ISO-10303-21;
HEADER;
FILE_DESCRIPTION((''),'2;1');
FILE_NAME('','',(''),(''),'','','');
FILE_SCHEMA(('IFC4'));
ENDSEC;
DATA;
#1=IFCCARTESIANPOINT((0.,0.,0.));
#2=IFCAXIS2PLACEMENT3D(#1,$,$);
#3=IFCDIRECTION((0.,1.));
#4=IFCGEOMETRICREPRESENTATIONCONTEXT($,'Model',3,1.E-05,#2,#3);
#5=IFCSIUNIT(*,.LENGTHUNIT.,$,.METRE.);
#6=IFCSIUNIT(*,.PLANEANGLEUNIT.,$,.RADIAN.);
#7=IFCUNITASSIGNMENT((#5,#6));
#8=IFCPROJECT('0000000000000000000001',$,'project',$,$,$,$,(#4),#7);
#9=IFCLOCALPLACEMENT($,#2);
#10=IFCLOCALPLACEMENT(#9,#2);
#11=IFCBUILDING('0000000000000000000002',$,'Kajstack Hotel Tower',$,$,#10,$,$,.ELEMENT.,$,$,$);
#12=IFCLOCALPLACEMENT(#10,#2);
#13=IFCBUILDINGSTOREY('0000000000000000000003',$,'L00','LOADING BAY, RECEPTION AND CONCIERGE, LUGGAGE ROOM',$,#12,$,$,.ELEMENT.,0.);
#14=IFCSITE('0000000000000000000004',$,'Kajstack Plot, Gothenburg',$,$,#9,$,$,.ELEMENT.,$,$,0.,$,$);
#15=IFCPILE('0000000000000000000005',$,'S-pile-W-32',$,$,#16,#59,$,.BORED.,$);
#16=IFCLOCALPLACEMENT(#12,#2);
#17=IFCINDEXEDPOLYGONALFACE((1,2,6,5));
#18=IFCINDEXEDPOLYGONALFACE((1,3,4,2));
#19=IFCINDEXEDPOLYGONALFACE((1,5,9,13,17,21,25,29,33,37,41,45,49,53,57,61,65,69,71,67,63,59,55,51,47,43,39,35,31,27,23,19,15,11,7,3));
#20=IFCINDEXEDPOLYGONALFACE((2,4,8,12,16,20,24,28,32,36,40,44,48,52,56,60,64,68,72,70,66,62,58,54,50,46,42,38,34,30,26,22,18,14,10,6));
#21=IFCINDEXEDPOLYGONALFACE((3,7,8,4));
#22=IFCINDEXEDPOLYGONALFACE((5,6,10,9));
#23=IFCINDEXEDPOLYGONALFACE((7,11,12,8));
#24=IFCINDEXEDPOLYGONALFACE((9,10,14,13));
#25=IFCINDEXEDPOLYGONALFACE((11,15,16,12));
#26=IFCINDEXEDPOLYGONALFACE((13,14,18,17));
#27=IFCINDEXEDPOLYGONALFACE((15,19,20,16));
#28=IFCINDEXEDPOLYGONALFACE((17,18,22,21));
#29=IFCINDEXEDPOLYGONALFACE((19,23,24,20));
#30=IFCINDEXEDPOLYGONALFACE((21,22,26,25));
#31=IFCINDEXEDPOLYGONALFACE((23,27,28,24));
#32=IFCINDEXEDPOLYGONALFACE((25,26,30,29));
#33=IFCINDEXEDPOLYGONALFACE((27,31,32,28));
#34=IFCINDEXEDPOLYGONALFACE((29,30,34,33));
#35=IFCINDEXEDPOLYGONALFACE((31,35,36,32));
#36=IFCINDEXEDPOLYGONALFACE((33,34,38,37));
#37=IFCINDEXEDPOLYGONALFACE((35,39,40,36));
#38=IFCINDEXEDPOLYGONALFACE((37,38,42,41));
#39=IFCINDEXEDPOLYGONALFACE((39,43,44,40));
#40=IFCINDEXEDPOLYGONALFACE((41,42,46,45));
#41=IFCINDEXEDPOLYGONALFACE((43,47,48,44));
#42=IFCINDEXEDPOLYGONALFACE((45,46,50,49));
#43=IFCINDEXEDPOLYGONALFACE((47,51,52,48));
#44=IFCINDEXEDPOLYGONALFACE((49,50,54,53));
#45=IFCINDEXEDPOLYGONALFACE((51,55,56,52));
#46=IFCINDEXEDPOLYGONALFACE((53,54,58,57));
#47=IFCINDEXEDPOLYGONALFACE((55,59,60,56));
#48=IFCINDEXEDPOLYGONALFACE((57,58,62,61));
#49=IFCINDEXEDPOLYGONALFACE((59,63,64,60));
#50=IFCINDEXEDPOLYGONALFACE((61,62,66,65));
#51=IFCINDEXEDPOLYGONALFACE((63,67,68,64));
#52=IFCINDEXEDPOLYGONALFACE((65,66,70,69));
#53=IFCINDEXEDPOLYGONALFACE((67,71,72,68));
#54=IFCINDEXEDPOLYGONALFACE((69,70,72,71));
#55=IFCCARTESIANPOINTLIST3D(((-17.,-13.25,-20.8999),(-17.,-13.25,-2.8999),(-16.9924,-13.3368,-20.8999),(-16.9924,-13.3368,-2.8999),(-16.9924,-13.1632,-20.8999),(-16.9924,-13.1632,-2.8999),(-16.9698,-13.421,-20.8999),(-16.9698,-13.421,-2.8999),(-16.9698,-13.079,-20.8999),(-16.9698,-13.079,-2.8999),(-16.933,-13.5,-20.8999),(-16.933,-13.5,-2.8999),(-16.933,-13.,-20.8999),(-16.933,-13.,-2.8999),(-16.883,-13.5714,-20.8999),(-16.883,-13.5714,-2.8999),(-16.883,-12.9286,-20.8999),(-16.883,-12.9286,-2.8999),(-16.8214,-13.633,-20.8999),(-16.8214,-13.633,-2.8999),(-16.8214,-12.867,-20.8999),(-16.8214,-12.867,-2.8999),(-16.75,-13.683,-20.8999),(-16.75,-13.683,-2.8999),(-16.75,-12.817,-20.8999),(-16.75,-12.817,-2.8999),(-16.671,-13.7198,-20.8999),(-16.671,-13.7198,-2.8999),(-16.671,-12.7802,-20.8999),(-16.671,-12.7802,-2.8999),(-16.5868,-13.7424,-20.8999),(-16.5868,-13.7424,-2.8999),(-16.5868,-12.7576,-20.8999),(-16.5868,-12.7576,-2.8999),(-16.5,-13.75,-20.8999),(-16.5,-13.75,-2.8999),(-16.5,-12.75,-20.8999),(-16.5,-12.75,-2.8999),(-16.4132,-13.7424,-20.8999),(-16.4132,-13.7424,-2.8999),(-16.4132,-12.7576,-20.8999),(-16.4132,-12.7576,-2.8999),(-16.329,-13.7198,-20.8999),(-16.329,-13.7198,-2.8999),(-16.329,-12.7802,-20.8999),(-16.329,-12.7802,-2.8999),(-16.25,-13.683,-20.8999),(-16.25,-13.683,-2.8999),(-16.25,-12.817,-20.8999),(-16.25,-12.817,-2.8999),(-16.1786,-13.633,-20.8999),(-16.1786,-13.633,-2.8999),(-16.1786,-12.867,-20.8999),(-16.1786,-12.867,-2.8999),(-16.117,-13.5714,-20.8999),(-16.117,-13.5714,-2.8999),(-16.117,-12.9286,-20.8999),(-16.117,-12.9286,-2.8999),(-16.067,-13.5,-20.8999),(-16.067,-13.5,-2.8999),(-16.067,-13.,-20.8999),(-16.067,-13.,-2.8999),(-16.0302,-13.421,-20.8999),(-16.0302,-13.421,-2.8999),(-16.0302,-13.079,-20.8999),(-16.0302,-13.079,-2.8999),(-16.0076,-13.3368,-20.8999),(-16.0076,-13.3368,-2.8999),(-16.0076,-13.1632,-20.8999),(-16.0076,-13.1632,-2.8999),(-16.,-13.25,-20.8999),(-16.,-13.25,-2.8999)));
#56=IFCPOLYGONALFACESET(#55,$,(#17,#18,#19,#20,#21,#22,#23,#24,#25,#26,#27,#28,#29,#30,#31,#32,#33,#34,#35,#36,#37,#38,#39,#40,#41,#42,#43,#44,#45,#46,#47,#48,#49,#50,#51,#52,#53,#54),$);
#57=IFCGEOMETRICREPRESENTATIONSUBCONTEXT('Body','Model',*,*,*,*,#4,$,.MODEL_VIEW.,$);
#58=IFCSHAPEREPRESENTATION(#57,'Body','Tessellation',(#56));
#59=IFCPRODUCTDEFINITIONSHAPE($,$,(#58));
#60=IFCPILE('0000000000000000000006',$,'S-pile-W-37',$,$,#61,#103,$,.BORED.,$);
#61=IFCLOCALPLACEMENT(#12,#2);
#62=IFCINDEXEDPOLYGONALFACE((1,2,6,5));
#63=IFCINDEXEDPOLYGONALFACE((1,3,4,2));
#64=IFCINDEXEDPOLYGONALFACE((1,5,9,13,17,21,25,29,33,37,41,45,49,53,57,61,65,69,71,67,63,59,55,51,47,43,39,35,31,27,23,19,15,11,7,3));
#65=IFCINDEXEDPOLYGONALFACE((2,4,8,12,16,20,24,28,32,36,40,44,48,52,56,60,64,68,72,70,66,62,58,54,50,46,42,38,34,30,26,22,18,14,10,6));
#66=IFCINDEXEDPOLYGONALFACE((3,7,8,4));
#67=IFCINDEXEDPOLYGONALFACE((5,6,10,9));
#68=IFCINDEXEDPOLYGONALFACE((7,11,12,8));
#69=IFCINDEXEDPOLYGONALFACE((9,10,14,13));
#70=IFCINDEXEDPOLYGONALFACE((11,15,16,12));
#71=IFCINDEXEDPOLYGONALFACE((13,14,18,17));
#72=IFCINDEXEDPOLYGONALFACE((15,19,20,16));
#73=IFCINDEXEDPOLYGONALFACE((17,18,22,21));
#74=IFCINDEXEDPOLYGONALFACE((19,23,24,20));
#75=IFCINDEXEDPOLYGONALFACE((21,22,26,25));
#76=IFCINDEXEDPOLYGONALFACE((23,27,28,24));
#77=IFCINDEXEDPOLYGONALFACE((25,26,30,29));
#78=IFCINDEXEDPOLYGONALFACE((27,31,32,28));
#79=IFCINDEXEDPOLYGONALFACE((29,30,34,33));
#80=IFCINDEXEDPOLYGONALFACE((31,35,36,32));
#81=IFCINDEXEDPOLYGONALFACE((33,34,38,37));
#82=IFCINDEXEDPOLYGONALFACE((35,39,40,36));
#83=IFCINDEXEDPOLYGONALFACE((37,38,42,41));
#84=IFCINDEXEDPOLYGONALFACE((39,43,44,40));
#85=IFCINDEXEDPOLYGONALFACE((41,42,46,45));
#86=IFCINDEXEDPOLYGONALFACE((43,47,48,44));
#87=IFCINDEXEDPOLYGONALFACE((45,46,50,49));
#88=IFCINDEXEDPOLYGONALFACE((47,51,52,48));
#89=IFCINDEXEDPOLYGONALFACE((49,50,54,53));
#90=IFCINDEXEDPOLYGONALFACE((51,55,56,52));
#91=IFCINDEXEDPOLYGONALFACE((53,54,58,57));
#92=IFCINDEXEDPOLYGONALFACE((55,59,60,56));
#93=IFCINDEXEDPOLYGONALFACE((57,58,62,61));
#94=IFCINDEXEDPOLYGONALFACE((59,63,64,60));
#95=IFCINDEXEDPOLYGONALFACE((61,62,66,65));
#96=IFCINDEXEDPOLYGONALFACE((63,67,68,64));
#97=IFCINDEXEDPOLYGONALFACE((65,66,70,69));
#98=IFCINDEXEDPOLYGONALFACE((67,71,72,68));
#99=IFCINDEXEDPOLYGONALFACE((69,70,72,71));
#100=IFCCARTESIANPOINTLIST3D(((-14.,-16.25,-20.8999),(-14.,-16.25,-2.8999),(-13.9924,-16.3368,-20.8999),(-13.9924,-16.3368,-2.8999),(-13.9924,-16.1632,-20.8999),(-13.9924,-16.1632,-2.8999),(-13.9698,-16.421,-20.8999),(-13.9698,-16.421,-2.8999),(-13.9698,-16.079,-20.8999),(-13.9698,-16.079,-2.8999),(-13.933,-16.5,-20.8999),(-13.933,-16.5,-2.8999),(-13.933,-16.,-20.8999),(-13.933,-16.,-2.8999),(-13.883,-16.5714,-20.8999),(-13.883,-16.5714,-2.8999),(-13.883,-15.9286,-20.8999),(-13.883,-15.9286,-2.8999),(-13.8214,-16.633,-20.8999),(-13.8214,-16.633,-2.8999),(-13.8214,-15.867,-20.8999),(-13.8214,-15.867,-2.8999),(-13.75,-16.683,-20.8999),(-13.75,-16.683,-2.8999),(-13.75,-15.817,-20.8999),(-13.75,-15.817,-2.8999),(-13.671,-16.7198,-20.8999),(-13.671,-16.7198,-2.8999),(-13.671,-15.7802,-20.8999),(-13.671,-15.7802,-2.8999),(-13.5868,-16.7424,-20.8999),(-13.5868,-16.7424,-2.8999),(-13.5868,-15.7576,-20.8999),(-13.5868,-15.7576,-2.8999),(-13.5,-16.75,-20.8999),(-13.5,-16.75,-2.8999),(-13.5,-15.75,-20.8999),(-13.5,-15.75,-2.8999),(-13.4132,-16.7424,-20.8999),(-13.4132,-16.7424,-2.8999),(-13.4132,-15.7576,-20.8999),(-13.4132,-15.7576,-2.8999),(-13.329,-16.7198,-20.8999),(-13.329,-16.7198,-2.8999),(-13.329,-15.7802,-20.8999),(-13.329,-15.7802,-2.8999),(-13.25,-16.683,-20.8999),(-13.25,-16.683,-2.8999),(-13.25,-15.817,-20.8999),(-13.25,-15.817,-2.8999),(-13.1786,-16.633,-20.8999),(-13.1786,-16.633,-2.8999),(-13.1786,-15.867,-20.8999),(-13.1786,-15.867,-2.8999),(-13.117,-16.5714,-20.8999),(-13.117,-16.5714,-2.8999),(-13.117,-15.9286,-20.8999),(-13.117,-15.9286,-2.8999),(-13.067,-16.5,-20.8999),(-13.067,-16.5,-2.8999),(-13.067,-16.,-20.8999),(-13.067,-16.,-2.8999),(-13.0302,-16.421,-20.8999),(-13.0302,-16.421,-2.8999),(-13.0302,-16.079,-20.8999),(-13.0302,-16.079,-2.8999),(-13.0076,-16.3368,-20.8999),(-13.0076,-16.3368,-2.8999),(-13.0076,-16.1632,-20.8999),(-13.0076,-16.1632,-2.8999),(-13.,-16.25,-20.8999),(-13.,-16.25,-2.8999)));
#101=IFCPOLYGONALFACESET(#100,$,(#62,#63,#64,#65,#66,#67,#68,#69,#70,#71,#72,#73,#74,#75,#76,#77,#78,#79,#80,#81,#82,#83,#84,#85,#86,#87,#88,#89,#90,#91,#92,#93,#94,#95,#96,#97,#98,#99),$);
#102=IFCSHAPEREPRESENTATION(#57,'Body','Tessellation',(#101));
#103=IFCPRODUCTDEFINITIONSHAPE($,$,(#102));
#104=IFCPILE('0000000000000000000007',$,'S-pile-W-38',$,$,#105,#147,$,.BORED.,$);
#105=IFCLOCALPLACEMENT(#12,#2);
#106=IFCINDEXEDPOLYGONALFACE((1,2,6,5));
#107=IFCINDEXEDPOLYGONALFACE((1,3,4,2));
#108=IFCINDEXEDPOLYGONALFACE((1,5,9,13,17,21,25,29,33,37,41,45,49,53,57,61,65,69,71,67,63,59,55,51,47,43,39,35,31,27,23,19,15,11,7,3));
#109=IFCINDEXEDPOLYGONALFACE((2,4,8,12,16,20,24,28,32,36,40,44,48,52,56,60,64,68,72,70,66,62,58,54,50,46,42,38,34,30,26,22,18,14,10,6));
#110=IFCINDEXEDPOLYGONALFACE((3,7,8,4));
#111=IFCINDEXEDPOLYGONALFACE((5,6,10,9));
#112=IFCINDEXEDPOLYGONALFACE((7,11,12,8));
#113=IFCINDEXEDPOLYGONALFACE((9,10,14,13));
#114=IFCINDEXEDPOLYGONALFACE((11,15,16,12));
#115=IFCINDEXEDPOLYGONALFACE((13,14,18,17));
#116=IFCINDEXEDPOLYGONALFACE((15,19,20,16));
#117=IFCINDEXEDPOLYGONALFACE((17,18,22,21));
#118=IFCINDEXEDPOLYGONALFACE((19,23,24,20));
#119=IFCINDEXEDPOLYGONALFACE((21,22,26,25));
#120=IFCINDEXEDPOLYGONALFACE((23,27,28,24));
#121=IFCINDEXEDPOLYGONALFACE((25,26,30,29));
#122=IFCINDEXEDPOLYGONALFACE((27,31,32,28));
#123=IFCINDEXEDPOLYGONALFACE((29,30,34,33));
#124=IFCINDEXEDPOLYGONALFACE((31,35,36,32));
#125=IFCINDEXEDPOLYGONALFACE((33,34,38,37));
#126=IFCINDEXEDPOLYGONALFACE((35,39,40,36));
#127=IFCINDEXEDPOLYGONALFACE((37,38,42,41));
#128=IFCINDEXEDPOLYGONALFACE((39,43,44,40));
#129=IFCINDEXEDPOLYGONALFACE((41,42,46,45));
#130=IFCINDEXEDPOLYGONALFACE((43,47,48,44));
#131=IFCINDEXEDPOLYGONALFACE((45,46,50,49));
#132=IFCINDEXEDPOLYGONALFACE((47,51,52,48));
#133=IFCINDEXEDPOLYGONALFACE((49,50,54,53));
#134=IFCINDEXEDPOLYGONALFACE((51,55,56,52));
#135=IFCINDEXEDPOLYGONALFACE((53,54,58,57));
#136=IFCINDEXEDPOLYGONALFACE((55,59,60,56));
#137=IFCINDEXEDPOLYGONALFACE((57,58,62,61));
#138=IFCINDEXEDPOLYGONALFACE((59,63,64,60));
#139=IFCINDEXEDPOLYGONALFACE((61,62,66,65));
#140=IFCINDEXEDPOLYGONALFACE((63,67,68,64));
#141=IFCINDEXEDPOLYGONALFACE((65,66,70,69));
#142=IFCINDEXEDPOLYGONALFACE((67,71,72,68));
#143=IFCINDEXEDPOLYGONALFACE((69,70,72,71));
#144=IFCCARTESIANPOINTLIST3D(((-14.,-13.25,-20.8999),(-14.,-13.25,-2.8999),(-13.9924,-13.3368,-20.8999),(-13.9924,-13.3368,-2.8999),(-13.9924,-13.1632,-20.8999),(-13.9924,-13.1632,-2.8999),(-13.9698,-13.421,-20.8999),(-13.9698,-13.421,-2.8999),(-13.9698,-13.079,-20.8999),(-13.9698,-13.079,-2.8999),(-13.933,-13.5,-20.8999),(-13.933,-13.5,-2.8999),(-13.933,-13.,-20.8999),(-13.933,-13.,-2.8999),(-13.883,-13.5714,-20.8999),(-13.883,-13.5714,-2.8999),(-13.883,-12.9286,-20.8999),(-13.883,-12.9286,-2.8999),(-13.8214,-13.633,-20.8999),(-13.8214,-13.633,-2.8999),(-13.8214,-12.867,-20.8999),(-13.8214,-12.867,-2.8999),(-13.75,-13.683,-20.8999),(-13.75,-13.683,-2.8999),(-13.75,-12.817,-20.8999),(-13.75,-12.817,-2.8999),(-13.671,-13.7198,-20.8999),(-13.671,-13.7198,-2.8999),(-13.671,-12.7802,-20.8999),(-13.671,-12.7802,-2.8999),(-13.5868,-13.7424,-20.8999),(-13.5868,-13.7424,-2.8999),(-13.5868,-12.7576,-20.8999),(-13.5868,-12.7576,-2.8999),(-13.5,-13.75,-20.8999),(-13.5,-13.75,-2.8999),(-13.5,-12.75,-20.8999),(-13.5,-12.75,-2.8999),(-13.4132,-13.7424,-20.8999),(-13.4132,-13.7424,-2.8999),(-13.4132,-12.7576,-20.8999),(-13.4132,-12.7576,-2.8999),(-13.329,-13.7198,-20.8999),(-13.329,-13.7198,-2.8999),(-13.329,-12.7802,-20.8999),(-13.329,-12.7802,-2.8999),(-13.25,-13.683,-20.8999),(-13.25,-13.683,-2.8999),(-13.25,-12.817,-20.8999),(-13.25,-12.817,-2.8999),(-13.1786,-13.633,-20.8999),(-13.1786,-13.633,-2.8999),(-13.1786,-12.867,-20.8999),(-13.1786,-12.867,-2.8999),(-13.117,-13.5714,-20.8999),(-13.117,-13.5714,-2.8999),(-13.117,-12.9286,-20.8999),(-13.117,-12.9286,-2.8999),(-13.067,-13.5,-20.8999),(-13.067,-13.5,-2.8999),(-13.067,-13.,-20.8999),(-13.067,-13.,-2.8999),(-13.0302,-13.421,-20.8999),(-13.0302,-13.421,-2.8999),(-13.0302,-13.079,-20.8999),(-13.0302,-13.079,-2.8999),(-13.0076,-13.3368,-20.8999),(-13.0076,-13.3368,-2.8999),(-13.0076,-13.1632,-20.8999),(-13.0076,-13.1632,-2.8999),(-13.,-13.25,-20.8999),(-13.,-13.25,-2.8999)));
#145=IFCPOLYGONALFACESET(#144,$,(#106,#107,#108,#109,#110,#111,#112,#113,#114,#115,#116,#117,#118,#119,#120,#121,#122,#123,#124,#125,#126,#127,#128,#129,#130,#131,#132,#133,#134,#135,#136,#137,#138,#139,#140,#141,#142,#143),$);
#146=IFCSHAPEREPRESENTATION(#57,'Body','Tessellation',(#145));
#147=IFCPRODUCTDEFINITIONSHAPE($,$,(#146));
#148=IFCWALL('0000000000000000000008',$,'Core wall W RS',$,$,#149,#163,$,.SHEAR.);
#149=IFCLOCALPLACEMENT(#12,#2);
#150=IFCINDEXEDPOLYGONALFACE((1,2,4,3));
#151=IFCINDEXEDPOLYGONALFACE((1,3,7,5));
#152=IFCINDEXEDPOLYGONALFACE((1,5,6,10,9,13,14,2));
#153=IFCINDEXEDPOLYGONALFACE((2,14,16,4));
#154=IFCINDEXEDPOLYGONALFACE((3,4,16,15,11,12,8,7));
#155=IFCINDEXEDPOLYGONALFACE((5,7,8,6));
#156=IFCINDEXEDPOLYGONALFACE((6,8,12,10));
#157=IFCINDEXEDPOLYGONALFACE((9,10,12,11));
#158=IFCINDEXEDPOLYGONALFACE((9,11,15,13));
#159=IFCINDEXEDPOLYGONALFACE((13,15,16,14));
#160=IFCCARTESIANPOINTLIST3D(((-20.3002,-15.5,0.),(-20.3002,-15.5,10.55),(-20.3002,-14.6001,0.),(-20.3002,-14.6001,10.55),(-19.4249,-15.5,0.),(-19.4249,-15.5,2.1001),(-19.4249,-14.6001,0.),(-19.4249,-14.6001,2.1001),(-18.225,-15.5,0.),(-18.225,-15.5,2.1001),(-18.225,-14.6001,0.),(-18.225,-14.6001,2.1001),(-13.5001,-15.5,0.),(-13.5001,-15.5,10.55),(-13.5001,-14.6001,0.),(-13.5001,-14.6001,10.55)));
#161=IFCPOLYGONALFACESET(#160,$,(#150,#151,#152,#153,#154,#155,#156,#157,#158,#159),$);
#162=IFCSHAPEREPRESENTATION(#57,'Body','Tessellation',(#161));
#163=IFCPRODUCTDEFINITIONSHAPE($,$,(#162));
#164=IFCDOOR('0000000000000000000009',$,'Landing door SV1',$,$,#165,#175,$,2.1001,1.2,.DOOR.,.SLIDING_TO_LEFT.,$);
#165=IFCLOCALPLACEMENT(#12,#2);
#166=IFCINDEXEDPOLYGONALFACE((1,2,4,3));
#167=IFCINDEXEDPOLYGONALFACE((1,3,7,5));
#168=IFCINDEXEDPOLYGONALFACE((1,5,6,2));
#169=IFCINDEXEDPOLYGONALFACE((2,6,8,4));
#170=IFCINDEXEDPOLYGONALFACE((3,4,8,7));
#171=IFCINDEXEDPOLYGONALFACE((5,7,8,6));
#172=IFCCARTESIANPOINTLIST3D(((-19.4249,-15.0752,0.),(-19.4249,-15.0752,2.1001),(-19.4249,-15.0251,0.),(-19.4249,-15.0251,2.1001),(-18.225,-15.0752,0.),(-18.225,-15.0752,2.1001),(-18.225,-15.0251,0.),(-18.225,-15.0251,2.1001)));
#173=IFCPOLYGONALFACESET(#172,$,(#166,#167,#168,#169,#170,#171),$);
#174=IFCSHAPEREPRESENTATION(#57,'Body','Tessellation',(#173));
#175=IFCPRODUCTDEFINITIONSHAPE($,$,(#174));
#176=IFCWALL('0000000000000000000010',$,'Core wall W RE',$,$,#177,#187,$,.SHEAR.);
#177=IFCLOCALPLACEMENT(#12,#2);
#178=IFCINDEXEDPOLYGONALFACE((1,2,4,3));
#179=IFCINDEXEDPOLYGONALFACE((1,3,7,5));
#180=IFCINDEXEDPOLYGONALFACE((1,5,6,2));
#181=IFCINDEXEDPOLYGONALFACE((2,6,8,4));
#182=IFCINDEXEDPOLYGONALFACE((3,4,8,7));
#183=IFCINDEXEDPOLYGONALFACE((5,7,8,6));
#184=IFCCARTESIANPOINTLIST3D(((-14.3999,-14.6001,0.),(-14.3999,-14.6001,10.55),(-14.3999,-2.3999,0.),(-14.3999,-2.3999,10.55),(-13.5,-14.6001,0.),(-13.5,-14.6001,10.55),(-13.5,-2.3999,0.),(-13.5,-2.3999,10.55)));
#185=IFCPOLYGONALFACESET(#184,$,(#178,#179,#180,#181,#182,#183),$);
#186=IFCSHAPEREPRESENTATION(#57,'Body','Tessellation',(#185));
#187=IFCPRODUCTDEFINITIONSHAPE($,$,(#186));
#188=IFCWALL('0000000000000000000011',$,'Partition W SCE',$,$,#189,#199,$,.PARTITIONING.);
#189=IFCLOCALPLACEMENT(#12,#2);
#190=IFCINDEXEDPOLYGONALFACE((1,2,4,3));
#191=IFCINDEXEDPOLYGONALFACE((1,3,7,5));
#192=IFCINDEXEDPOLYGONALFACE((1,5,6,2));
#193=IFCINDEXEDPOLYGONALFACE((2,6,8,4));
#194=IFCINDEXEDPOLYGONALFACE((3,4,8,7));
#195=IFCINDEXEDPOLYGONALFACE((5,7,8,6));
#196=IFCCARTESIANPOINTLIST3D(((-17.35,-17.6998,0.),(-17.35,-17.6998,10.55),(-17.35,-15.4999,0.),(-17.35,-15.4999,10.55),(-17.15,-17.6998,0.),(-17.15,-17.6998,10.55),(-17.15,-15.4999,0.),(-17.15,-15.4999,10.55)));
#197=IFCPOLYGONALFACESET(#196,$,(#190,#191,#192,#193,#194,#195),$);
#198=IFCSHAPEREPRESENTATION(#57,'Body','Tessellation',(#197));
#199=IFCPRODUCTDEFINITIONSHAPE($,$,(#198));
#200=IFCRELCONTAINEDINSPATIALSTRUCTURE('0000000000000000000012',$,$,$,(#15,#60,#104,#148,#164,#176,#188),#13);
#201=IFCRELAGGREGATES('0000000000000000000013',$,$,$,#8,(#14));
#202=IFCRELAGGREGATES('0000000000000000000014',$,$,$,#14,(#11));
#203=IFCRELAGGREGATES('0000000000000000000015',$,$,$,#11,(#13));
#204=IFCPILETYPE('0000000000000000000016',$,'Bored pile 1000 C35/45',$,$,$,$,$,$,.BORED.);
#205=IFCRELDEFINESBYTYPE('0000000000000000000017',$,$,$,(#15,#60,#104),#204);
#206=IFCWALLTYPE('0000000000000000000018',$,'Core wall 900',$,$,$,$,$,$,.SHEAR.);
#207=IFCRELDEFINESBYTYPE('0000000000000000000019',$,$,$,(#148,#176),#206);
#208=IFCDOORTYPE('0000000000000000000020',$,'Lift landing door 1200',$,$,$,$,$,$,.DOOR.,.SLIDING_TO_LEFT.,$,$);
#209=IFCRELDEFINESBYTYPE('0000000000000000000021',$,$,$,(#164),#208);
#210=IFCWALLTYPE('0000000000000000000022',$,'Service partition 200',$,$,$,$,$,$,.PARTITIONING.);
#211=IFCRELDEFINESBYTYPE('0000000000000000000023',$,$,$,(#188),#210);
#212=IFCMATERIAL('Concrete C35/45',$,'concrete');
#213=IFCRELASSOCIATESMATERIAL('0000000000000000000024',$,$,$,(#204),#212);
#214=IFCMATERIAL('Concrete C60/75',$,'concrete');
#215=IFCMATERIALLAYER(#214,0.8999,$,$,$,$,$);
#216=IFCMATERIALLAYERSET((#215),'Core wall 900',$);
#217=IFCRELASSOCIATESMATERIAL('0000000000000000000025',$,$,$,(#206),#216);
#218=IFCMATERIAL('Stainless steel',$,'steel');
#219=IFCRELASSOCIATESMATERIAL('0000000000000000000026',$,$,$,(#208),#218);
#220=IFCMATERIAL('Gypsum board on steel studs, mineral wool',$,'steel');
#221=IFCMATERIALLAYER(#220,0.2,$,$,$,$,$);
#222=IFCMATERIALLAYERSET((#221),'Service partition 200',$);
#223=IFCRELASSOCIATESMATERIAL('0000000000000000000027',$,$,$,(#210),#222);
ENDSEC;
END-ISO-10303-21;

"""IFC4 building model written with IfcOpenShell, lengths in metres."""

from ifc_helpers import new_model, si_unit, direction, frame, frame_2d, origin, origin_2d, place, context, subcontext, project, spatial, rectangle, circle, extrude, material, layer, layer_set, material_profile, profile_set, type_object, element, fill, save


model = new_model("IFC4")

# Units and contexts
model_context = context("Model", 3, precision=1e-05, world=origin(), true_north=direction((0.0, 1.0)))
body_context = subcontext(model_context, "Body", "Model", "MODEL_VIEW")
ifc_project = project(units=[si_unit("LENGTHUNIT", "METRE"), si_unit("PLANEANGLEUNIT", "RADIAN")], contexts=[model_context])

# Site, building, storey
site_placement = place(None, origin())
site = spatial("IfcSite", under=ifc_project, at=site_placement, Name="Kajstack Plot, Gothenburg", CompositionType="ELEMENT", RefElevation=0.0)
building_placement = place(site_placement, origin())
building = spatial("IfcBuilding", under=site, at=building_placement, Name="Kajstack Hotel Tower", CompositionType="ELEMENT")
storey_placement = place(building_placement, origin())
storey = spatial("IfcBuildingStorey", under=building, at=storey_placement, Name="L00", Description="LOADING BAY, RECEPTION AND CONCIERGE, LUGGAGE ROOM", CompositionType="ELEMENT", Elevation=0.0)

# Piles
ifc_material_1 = material(Name="Concrete C35/45", Category="concrete")
ifc_material_profile = material_profile(ifc_material_1, circle(Radius=0.5, at=origin_2d()), Name="RC round 1000")
ifc_profile_set = profile_set([ifc_material_profile], Name="Concrete C35/45")
pile_type = type_object("IfcPileType", Name="Bored pile 1000 C35/45", PredefinedType="BORED", material=ifc_profile_set)
for number, where, z_axis, x_axis, name in (
    (1, (-16.5, -13.25, -2.8999), (0.0, 0.0, -1.0), (1.0, 0.0, 0.0), "S-pile-W-32"),
    (2, (-13.5, -16.25, -2.8999), (0.0, 0.0, -1.0), (1.0, 0.0, 0.0), "S-pile-W-37"),
    (3, (-13.5, -13.25, -2.8999), (0.0, 0.0, -1.0), (1.0, 0.0, 0.0), "S-pile-W-38"),
):
    element("IfcPile", number, at=place(storey_placement, frame(where, z_axis=z_axis, x_axis=x_axis)), inside=storey, type_object=pile_type, Name=name, PredefinedType="BORED", context=body_context, shape_type="SweptSolid", body=[
        extrude(circle(Radius=0.5, at=origin_2d()), origin(), (0.0, 0.0, 1.0), 18.0),
    ])

# Wall, opening, door
ifc_material_2 = material(Name="Concrete C60/75", Category="concrete")
ifc_layer_1 = layer(ifc_material_2, 0.8999)
ifc_layer_set_1 = layer_set([ifc_layer_1], Name="Core wall 900")
wall_type_1 = type_object("IfcWallType", Name="Core wall 900", PredefinedType="SHEAR", material=ifc_layer_set_1)
wall_1_placement = place(storey_placement, frame((-20.3, -15.05, 0.0), z_axis=(0.0, 0.0, 1.0), x_axis=(1.0, 0.0, 0.0)))
wall_1 = element("IfcWall", 4, at=wall_1_placement, inside=storey, type_object=wall_type_1, Name="Core wall W RS", PredefinedType="SHEAR", context=body_context, shape_type="SweptSolid", body=[
    extrude(rectangle(XDim=6.8, YDim=0.8999, at=frame_2d((3.3999, 0.0))), origin(), (0.0, 0.0, 1.0), 10.55),
])
opening_placement = place(wall_1_placement, frame((0.875, 0.0, 0.0)))
opening = element("IfcOpeningElement", 5, at=opening_placement, cuts=wall_1, PredefinedType="OPENING", context=body_context, shape_type="SweptSolid", body=[
    extrude(rectangle(XDim=1.2, YDim=2.1001, at=frame_2d((0.6001, 1.05))), frame((0.0, 0.46, 0.0), z_axis=(0.0, -1.0, 0.0), x_axis=(1.0, 0.0, 0.0)), (0.0, 0.0, 1.0), 0.9199),
])
ifc_material_3 = material(Name="Stainless steel", Category="steel")
door_type = type_object("IfcDoorType", Name="Lift landing door 1200", OperationType="SLIDING_TO_LEFT", PredefinedType="DOOR", material=ifc_material_3)
door_placement = place(opening_placement, origin())
door = element("IfcDoor", 6, at=door_placement, inside=storey, type_object=door_type, Name="Landing door SV1", OperationType="SLIDING_TO_LEFT", OverallHeight=2.1001, OverallWidth=1.2, PredefinedType="DOOR", context=body_context, shape_type="SweptSolid", body=[
    extrude(rectangle(XDim=1.2, YDim=2.1001, at=frame_2d((0.6001, 1.05))), frame((0.0, 0.0249, 0.0), z_axis=(0.0, -1.0, 0.0), x_axis=(1.0, 0.0, 0.0)), (0.0, 0.0, 1.0), 0.05),
])
fill(opening, door)

# Walls
wall_2_placement = place(storey_placement, frame((-13.95, -14.6001, 0.0), z_axis=(0.0, 0.0, 1.0), x_axis=(0.0, 1.0, 0.0)))
element("IfcWall", 7, at=wall_2_placement, inside=storey, type_object=wall_type_1, Name="Core wall W RE", PredefinedType="SHEAR", context=body_context, shape_type="SweptSolid", body=[
    extrude(rectangle(XDim=12.2002, YDim=0.8999, at=frame_2d((6.1001, 0.0))), origin(), (0.0, 0.0, 1.0), 10.55),
])
ifc_material_4 = material(Name="Gypsum board on steel studs, mineral wool", Category="steel")
ifc_layer_2 = layer(ifc_material_4, 0.2)
ifc_layer_set_2 = layer_set([ifc_layer_2], Name="Service partition 200")
wall_type_2 = type_object("IfcWallType", Name="Service partition 200", PredefinedType="PARTITIONING", material=ifc_layer_set_2)
wall_3_placement = place(storey_placement, frame((-17.25, -17.7, 0.0), z_axis=(0.0, 0.0, 1.0), x_axis=(0.0, 1.0, 0.0)))
element("IfcWall", 8, at=wall_3_placement, inside=storey, type_object=wall_type_2, Name="Partition W SCE", PredefinedType="PARTITIONING", context=body_context, shape_type="SweptSolid", body=[
    extrude(rectangle(XDim=2.2, YDim=0.2, at=frame_2d((1.1001, 0.0))), origin(), (0.0, 0.0, 1.0), 10.55),
])

save(model, "model.ifc")
